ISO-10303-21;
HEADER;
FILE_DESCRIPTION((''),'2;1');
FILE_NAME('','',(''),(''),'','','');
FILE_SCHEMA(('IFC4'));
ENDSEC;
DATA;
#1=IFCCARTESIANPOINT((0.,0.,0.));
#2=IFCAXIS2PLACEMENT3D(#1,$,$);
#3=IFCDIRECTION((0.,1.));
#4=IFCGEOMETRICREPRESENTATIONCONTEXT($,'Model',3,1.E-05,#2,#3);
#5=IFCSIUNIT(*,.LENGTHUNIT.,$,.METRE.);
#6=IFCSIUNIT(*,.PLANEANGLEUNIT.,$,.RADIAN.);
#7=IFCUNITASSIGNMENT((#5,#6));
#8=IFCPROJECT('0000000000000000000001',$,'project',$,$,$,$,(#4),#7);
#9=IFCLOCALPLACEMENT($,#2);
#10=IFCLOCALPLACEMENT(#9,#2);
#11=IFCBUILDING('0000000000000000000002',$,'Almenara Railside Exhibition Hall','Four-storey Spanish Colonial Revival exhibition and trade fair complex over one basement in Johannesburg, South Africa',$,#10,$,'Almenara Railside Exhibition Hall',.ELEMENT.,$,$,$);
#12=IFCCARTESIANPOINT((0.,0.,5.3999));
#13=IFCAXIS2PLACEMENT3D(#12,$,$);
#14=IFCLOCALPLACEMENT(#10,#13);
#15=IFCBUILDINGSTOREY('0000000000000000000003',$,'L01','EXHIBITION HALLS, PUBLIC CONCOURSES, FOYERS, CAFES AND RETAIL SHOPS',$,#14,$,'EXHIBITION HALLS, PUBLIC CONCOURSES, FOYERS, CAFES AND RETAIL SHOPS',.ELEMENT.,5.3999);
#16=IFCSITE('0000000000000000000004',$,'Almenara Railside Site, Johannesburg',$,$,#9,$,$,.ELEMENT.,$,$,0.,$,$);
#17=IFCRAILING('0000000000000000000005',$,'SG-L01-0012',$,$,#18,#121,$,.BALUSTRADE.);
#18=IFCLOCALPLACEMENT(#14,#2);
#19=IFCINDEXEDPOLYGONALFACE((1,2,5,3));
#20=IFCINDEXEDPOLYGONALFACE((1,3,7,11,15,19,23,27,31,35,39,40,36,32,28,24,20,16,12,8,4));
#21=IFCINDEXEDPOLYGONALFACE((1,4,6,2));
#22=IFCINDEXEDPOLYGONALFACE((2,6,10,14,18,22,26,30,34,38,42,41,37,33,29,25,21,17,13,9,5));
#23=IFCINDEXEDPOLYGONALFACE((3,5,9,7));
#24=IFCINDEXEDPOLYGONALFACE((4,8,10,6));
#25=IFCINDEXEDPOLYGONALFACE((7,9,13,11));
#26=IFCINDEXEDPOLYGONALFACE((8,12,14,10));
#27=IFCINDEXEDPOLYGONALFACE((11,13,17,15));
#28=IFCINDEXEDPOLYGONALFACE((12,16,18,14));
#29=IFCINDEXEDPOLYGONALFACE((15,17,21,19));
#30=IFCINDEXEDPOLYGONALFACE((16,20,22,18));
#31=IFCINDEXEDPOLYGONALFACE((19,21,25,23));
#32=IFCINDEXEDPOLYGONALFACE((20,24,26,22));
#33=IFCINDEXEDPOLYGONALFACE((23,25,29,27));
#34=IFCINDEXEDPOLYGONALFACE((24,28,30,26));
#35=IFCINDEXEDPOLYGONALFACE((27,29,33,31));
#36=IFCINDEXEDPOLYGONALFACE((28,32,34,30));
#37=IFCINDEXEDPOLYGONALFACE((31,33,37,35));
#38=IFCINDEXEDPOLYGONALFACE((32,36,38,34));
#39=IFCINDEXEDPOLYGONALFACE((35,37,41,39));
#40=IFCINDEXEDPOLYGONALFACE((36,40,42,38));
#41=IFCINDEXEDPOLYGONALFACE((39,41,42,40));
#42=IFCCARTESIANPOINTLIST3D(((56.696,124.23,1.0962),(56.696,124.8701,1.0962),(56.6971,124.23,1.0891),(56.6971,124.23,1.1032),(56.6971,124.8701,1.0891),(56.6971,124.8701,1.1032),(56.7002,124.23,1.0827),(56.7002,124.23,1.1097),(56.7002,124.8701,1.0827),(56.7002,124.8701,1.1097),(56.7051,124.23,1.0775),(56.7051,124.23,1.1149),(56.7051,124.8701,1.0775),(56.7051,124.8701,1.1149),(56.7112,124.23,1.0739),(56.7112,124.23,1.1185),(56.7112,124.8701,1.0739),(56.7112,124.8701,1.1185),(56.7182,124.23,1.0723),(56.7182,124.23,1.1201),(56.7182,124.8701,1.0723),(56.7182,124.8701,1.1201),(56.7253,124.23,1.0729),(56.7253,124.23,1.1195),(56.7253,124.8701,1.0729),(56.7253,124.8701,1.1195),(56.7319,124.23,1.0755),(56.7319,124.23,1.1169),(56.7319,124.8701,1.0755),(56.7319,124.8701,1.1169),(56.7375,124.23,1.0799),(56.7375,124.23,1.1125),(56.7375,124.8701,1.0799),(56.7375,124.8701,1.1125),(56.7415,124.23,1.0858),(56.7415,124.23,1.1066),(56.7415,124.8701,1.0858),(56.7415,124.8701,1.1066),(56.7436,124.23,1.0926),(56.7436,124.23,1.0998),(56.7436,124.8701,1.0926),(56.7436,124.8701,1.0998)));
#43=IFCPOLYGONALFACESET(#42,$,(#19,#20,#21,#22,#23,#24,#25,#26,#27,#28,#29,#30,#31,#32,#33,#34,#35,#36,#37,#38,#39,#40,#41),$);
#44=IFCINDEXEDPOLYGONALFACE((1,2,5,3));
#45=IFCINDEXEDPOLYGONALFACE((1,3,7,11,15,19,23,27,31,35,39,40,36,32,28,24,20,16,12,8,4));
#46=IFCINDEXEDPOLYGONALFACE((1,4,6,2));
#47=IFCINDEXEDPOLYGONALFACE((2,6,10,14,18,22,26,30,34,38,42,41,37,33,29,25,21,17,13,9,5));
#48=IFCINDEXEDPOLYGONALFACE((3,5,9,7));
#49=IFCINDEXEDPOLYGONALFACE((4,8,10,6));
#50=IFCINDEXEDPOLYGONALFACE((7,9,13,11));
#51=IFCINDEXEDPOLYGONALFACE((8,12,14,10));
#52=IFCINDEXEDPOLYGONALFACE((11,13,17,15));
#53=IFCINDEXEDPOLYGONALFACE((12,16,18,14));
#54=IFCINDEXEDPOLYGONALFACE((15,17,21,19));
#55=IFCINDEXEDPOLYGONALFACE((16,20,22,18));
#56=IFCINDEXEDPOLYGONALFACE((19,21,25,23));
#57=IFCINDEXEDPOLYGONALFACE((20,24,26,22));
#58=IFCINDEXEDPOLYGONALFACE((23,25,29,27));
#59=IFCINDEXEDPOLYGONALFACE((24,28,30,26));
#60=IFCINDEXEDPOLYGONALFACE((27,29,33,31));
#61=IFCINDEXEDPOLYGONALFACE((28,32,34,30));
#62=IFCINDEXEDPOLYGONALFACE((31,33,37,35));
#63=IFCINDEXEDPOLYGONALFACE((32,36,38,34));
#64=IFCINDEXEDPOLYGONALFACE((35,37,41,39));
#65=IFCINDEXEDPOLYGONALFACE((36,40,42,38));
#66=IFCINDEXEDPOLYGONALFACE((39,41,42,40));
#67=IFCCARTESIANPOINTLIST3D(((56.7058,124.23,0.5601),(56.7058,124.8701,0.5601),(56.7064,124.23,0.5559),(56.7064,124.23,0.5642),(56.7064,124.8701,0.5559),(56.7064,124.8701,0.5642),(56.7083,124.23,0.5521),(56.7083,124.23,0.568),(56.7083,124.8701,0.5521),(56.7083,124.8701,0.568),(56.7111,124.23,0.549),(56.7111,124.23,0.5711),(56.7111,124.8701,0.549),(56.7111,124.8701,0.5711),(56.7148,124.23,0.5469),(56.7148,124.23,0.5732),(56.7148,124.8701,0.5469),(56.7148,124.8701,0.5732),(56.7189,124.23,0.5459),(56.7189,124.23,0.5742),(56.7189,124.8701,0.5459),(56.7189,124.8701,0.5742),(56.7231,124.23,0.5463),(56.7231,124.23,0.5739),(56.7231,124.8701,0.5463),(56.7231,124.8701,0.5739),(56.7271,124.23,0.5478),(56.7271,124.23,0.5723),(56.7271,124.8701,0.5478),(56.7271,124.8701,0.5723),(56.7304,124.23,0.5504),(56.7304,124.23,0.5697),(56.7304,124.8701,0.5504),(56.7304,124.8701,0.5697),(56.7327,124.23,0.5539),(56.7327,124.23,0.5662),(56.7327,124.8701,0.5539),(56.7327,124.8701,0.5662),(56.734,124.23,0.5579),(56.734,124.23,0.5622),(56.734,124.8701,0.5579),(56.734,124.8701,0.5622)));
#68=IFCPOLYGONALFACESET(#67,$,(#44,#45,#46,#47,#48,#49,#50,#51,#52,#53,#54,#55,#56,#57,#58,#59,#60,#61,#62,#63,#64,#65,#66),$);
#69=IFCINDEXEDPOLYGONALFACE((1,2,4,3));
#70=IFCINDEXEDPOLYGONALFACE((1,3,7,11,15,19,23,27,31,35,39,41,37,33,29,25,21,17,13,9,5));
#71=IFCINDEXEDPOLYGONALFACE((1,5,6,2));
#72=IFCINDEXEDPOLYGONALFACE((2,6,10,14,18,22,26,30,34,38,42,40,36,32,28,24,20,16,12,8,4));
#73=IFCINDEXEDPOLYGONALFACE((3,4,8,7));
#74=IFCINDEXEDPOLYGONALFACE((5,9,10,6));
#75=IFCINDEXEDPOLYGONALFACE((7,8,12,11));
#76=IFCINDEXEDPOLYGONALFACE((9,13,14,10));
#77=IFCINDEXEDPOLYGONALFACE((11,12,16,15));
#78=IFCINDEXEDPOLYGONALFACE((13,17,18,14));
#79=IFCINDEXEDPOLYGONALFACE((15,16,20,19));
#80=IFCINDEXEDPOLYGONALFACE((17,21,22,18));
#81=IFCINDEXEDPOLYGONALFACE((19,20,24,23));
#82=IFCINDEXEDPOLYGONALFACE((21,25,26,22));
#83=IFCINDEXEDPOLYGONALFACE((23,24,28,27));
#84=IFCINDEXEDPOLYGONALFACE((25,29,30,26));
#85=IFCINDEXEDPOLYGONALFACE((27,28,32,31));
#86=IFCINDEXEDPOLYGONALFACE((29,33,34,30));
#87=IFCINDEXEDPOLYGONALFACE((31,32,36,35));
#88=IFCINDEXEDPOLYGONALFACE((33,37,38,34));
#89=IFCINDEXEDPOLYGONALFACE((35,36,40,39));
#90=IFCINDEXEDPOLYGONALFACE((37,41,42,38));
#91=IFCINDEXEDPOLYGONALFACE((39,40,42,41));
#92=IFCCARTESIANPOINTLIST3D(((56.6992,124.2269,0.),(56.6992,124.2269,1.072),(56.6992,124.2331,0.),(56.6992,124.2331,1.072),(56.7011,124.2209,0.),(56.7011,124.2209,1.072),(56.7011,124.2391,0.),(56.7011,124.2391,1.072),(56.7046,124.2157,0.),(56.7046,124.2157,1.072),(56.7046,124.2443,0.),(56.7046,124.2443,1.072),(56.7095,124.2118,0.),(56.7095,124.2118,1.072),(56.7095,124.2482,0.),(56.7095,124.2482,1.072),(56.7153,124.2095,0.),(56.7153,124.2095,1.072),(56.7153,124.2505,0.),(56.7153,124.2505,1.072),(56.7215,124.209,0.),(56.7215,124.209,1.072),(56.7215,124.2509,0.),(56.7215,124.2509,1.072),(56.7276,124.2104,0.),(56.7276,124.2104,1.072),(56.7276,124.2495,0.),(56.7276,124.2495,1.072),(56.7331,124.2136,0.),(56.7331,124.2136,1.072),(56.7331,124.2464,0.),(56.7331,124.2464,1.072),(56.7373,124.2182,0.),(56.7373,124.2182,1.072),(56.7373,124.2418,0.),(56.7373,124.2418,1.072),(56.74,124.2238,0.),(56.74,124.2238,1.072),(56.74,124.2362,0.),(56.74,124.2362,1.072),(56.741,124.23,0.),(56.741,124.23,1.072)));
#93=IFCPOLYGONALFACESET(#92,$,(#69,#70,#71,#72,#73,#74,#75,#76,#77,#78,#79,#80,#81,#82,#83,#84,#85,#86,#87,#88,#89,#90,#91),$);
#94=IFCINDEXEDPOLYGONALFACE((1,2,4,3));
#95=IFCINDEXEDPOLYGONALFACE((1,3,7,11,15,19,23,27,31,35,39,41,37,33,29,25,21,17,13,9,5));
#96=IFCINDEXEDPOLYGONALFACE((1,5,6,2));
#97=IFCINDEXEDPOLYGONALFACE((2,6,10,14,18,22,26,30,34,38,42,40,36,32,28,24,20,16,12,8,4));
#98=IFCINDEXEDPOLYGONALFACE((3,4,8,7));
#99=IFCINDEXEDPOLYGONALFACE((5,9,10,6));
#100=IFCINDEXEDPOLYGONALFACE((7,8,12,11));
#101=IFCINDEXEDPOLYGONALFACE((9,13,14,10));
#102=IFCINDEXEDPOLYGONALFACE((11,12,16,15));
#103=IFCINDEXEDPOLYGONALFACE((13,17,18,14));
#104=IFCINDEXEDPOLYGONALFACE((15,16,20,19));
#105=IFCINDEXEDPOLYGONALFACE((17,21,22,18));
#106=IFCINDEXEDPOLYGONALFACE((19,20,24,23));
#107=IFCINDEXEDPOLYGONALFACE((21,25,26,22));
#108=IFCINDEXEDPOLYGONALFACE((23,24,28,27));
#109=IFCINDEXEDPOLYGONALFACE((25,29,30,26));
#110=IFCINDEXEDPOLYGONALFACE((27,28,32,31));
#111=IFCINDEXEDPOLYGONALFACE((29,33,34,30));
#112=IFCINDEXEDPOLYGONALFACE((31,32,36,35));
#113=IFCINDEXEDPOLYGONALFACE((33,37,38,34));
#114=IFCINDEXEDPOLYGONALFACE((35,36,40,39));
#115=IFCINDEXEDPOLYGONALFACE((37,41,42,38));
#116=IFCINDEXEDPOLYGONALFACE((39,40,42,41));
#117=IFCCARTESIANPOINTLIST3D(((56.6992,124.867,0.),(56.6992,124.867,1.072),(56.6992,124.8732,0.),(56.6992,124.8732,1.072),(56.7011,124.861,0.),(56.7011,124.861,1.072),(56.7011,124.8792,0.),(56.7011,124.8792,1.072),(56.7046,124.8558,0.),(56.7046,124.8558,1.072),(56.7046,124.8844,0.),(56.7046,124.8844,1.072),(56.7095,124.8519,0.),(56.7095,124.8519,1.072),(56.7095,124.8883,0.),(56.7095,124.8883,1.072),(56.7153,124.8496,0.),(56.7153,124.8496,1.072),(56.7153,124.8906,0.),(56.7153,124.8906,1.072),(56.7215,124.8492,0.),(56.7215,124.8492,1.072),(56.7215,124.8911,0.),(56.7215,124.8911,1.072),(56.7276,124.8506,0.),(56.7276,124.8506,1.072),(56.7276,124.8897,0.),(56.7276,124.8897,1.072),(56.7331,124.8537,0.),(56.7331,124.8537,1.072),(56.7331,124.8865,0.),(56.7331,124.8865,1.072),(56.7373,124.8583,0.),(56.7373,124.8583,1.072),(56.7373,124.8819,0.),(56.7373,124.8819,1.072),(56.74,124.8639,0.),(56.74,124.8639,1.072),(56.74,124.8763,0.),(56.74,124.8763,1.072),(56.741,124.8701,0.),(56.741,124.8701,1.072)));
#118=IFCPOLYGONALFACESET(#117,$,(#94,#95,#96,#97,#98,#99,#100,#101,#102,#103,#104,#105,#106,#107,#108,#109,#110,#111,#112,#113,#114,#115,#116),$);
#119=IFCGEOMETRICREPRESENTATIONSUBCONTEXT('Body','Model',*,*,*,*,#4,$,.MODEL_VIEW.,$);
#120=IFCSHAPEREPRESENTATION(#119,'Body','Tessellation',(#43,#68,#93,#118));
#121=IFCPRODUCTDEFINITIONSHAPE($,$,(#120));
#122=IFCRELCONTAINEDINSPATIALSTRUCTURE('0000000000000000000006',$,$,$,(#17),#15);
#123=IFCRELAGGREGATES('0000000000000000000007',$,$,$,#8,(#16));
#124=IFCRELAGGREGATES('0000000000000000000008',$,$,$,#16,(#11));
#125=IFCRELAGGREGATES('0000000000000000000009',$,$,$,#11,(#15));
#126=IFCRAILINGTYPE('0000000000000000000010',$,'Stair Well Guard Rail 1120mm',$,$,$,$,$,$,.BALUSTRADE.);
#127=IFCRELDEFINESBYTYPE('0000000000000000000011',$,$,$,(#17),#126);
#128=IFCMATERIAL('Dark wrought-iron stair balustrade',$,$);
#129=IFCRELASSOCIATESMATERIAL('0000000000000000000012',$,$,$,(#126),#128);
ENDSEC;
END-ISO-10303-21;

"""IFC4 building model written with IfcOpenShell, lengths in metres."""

from ifc_helpers import new_model, si_unit, direction, frame, origin, origin_2d, place, context, subcontext, project, spatial, circle, extrude, material, type_object, element, save


model = new_model("IFC4")

# Units and contexts
model_context = context("Model", 3, precision=1e-05, world=origin(), true_north=direction((0.0, 1.0)))
body_context = subcontext(model_context, "Body", "Model", "MODEL_VIEW")
ifc_project = project(units=[si_unit("LENGTHUNIT", "METRE"), si_unit("PLANEANGLEUNIT", "RADIAN")], contexts=[model_context])

# Site, building, storey
site_placement = place(None, origin())
site = spatial("IfcSite", under=ifc_project, at=site_placement, Name="Almenara Railside Site, Johannesburg", CompositionType="ELEMENT", RefElevation=0.0)
building_placement = place(site_placement, origin())
building = spatial("IfcBuilding", under=site, at=building_placement, Name="Almenara Railside Exhibition Hall", Description="Four-storey Spanish Colonial Revival exhibition and trade fair complex over one basement in Johannesburg, South Africa", LongName="Almenara Railside Exhibition Hall", CompositionType="ELEMENT")
storey_placement = place(building_placement, frame((0.0, 0.0, 5.3999)))
storey = spatial("IfcBuildingStorey", under=building, at=storey_placement, Name="L01", Description="EXHIBITION HALLS, PUBLIC CONCOURSES, FOYERS, CAFES AND RETAIL SHOPS", LongName="EXHIBITION HALLS, PUBLIC CONCOURSES, FOYERS, CAFES AND RETAIL SHOPS", CompositionType="ELEMENT", Elevation=5.3999)

# Railing
ifc_material_1 = material(Name="Dark wrought-iron stair balustrade")
railing_type_1 = type_object("IfcRailingType", Name="Stair Well Guard Rail 1120mm", PredefinedType="BALUSTRADE", material=ifc_material_1)
railing_1_placement = place(storey_placement, frame((56.72, 124.23, 0.0)))
element("IfcRailing", 1, at=railing_1_placement, inside=storey, type_object=railing_type_1, Name="SG-L01-0012", PredefinedType="BALUSTRADE", context=body_context, shape_type="SweptSolid", body=[
    extrude(circle(Radius=0.0239, at=origin_2d()), frame((0.0, 0.0, 1.0962), z_axis=(0.0, 1.0, 0.0), x_axis=(-1.0, 0.0, 0.0)), (0.0, 0.0, 1.0), 0.6401),
    extrude(circle(Radius=0.0142, at=origin_2d()), frame((0.0, 0.0, 0.5601), z_axis=(0.0, 1.0, 0.0), x_axis=(-1.0, 0.0, 0.0)), (0.0, 0.0, 1.0), 0.6401),
    extrude(circle(Radius=0.021, at=origin_2d()), origin(), (0.0, 0.0, 1.0), 1.072),
    extrude(circle(Radius=0.021, at=origin_2d()), frame((0.0, 0.6401, 0.0)), (0.0, 0.0, 1.0), 1.072),
])

save(model, "model.ifc")
